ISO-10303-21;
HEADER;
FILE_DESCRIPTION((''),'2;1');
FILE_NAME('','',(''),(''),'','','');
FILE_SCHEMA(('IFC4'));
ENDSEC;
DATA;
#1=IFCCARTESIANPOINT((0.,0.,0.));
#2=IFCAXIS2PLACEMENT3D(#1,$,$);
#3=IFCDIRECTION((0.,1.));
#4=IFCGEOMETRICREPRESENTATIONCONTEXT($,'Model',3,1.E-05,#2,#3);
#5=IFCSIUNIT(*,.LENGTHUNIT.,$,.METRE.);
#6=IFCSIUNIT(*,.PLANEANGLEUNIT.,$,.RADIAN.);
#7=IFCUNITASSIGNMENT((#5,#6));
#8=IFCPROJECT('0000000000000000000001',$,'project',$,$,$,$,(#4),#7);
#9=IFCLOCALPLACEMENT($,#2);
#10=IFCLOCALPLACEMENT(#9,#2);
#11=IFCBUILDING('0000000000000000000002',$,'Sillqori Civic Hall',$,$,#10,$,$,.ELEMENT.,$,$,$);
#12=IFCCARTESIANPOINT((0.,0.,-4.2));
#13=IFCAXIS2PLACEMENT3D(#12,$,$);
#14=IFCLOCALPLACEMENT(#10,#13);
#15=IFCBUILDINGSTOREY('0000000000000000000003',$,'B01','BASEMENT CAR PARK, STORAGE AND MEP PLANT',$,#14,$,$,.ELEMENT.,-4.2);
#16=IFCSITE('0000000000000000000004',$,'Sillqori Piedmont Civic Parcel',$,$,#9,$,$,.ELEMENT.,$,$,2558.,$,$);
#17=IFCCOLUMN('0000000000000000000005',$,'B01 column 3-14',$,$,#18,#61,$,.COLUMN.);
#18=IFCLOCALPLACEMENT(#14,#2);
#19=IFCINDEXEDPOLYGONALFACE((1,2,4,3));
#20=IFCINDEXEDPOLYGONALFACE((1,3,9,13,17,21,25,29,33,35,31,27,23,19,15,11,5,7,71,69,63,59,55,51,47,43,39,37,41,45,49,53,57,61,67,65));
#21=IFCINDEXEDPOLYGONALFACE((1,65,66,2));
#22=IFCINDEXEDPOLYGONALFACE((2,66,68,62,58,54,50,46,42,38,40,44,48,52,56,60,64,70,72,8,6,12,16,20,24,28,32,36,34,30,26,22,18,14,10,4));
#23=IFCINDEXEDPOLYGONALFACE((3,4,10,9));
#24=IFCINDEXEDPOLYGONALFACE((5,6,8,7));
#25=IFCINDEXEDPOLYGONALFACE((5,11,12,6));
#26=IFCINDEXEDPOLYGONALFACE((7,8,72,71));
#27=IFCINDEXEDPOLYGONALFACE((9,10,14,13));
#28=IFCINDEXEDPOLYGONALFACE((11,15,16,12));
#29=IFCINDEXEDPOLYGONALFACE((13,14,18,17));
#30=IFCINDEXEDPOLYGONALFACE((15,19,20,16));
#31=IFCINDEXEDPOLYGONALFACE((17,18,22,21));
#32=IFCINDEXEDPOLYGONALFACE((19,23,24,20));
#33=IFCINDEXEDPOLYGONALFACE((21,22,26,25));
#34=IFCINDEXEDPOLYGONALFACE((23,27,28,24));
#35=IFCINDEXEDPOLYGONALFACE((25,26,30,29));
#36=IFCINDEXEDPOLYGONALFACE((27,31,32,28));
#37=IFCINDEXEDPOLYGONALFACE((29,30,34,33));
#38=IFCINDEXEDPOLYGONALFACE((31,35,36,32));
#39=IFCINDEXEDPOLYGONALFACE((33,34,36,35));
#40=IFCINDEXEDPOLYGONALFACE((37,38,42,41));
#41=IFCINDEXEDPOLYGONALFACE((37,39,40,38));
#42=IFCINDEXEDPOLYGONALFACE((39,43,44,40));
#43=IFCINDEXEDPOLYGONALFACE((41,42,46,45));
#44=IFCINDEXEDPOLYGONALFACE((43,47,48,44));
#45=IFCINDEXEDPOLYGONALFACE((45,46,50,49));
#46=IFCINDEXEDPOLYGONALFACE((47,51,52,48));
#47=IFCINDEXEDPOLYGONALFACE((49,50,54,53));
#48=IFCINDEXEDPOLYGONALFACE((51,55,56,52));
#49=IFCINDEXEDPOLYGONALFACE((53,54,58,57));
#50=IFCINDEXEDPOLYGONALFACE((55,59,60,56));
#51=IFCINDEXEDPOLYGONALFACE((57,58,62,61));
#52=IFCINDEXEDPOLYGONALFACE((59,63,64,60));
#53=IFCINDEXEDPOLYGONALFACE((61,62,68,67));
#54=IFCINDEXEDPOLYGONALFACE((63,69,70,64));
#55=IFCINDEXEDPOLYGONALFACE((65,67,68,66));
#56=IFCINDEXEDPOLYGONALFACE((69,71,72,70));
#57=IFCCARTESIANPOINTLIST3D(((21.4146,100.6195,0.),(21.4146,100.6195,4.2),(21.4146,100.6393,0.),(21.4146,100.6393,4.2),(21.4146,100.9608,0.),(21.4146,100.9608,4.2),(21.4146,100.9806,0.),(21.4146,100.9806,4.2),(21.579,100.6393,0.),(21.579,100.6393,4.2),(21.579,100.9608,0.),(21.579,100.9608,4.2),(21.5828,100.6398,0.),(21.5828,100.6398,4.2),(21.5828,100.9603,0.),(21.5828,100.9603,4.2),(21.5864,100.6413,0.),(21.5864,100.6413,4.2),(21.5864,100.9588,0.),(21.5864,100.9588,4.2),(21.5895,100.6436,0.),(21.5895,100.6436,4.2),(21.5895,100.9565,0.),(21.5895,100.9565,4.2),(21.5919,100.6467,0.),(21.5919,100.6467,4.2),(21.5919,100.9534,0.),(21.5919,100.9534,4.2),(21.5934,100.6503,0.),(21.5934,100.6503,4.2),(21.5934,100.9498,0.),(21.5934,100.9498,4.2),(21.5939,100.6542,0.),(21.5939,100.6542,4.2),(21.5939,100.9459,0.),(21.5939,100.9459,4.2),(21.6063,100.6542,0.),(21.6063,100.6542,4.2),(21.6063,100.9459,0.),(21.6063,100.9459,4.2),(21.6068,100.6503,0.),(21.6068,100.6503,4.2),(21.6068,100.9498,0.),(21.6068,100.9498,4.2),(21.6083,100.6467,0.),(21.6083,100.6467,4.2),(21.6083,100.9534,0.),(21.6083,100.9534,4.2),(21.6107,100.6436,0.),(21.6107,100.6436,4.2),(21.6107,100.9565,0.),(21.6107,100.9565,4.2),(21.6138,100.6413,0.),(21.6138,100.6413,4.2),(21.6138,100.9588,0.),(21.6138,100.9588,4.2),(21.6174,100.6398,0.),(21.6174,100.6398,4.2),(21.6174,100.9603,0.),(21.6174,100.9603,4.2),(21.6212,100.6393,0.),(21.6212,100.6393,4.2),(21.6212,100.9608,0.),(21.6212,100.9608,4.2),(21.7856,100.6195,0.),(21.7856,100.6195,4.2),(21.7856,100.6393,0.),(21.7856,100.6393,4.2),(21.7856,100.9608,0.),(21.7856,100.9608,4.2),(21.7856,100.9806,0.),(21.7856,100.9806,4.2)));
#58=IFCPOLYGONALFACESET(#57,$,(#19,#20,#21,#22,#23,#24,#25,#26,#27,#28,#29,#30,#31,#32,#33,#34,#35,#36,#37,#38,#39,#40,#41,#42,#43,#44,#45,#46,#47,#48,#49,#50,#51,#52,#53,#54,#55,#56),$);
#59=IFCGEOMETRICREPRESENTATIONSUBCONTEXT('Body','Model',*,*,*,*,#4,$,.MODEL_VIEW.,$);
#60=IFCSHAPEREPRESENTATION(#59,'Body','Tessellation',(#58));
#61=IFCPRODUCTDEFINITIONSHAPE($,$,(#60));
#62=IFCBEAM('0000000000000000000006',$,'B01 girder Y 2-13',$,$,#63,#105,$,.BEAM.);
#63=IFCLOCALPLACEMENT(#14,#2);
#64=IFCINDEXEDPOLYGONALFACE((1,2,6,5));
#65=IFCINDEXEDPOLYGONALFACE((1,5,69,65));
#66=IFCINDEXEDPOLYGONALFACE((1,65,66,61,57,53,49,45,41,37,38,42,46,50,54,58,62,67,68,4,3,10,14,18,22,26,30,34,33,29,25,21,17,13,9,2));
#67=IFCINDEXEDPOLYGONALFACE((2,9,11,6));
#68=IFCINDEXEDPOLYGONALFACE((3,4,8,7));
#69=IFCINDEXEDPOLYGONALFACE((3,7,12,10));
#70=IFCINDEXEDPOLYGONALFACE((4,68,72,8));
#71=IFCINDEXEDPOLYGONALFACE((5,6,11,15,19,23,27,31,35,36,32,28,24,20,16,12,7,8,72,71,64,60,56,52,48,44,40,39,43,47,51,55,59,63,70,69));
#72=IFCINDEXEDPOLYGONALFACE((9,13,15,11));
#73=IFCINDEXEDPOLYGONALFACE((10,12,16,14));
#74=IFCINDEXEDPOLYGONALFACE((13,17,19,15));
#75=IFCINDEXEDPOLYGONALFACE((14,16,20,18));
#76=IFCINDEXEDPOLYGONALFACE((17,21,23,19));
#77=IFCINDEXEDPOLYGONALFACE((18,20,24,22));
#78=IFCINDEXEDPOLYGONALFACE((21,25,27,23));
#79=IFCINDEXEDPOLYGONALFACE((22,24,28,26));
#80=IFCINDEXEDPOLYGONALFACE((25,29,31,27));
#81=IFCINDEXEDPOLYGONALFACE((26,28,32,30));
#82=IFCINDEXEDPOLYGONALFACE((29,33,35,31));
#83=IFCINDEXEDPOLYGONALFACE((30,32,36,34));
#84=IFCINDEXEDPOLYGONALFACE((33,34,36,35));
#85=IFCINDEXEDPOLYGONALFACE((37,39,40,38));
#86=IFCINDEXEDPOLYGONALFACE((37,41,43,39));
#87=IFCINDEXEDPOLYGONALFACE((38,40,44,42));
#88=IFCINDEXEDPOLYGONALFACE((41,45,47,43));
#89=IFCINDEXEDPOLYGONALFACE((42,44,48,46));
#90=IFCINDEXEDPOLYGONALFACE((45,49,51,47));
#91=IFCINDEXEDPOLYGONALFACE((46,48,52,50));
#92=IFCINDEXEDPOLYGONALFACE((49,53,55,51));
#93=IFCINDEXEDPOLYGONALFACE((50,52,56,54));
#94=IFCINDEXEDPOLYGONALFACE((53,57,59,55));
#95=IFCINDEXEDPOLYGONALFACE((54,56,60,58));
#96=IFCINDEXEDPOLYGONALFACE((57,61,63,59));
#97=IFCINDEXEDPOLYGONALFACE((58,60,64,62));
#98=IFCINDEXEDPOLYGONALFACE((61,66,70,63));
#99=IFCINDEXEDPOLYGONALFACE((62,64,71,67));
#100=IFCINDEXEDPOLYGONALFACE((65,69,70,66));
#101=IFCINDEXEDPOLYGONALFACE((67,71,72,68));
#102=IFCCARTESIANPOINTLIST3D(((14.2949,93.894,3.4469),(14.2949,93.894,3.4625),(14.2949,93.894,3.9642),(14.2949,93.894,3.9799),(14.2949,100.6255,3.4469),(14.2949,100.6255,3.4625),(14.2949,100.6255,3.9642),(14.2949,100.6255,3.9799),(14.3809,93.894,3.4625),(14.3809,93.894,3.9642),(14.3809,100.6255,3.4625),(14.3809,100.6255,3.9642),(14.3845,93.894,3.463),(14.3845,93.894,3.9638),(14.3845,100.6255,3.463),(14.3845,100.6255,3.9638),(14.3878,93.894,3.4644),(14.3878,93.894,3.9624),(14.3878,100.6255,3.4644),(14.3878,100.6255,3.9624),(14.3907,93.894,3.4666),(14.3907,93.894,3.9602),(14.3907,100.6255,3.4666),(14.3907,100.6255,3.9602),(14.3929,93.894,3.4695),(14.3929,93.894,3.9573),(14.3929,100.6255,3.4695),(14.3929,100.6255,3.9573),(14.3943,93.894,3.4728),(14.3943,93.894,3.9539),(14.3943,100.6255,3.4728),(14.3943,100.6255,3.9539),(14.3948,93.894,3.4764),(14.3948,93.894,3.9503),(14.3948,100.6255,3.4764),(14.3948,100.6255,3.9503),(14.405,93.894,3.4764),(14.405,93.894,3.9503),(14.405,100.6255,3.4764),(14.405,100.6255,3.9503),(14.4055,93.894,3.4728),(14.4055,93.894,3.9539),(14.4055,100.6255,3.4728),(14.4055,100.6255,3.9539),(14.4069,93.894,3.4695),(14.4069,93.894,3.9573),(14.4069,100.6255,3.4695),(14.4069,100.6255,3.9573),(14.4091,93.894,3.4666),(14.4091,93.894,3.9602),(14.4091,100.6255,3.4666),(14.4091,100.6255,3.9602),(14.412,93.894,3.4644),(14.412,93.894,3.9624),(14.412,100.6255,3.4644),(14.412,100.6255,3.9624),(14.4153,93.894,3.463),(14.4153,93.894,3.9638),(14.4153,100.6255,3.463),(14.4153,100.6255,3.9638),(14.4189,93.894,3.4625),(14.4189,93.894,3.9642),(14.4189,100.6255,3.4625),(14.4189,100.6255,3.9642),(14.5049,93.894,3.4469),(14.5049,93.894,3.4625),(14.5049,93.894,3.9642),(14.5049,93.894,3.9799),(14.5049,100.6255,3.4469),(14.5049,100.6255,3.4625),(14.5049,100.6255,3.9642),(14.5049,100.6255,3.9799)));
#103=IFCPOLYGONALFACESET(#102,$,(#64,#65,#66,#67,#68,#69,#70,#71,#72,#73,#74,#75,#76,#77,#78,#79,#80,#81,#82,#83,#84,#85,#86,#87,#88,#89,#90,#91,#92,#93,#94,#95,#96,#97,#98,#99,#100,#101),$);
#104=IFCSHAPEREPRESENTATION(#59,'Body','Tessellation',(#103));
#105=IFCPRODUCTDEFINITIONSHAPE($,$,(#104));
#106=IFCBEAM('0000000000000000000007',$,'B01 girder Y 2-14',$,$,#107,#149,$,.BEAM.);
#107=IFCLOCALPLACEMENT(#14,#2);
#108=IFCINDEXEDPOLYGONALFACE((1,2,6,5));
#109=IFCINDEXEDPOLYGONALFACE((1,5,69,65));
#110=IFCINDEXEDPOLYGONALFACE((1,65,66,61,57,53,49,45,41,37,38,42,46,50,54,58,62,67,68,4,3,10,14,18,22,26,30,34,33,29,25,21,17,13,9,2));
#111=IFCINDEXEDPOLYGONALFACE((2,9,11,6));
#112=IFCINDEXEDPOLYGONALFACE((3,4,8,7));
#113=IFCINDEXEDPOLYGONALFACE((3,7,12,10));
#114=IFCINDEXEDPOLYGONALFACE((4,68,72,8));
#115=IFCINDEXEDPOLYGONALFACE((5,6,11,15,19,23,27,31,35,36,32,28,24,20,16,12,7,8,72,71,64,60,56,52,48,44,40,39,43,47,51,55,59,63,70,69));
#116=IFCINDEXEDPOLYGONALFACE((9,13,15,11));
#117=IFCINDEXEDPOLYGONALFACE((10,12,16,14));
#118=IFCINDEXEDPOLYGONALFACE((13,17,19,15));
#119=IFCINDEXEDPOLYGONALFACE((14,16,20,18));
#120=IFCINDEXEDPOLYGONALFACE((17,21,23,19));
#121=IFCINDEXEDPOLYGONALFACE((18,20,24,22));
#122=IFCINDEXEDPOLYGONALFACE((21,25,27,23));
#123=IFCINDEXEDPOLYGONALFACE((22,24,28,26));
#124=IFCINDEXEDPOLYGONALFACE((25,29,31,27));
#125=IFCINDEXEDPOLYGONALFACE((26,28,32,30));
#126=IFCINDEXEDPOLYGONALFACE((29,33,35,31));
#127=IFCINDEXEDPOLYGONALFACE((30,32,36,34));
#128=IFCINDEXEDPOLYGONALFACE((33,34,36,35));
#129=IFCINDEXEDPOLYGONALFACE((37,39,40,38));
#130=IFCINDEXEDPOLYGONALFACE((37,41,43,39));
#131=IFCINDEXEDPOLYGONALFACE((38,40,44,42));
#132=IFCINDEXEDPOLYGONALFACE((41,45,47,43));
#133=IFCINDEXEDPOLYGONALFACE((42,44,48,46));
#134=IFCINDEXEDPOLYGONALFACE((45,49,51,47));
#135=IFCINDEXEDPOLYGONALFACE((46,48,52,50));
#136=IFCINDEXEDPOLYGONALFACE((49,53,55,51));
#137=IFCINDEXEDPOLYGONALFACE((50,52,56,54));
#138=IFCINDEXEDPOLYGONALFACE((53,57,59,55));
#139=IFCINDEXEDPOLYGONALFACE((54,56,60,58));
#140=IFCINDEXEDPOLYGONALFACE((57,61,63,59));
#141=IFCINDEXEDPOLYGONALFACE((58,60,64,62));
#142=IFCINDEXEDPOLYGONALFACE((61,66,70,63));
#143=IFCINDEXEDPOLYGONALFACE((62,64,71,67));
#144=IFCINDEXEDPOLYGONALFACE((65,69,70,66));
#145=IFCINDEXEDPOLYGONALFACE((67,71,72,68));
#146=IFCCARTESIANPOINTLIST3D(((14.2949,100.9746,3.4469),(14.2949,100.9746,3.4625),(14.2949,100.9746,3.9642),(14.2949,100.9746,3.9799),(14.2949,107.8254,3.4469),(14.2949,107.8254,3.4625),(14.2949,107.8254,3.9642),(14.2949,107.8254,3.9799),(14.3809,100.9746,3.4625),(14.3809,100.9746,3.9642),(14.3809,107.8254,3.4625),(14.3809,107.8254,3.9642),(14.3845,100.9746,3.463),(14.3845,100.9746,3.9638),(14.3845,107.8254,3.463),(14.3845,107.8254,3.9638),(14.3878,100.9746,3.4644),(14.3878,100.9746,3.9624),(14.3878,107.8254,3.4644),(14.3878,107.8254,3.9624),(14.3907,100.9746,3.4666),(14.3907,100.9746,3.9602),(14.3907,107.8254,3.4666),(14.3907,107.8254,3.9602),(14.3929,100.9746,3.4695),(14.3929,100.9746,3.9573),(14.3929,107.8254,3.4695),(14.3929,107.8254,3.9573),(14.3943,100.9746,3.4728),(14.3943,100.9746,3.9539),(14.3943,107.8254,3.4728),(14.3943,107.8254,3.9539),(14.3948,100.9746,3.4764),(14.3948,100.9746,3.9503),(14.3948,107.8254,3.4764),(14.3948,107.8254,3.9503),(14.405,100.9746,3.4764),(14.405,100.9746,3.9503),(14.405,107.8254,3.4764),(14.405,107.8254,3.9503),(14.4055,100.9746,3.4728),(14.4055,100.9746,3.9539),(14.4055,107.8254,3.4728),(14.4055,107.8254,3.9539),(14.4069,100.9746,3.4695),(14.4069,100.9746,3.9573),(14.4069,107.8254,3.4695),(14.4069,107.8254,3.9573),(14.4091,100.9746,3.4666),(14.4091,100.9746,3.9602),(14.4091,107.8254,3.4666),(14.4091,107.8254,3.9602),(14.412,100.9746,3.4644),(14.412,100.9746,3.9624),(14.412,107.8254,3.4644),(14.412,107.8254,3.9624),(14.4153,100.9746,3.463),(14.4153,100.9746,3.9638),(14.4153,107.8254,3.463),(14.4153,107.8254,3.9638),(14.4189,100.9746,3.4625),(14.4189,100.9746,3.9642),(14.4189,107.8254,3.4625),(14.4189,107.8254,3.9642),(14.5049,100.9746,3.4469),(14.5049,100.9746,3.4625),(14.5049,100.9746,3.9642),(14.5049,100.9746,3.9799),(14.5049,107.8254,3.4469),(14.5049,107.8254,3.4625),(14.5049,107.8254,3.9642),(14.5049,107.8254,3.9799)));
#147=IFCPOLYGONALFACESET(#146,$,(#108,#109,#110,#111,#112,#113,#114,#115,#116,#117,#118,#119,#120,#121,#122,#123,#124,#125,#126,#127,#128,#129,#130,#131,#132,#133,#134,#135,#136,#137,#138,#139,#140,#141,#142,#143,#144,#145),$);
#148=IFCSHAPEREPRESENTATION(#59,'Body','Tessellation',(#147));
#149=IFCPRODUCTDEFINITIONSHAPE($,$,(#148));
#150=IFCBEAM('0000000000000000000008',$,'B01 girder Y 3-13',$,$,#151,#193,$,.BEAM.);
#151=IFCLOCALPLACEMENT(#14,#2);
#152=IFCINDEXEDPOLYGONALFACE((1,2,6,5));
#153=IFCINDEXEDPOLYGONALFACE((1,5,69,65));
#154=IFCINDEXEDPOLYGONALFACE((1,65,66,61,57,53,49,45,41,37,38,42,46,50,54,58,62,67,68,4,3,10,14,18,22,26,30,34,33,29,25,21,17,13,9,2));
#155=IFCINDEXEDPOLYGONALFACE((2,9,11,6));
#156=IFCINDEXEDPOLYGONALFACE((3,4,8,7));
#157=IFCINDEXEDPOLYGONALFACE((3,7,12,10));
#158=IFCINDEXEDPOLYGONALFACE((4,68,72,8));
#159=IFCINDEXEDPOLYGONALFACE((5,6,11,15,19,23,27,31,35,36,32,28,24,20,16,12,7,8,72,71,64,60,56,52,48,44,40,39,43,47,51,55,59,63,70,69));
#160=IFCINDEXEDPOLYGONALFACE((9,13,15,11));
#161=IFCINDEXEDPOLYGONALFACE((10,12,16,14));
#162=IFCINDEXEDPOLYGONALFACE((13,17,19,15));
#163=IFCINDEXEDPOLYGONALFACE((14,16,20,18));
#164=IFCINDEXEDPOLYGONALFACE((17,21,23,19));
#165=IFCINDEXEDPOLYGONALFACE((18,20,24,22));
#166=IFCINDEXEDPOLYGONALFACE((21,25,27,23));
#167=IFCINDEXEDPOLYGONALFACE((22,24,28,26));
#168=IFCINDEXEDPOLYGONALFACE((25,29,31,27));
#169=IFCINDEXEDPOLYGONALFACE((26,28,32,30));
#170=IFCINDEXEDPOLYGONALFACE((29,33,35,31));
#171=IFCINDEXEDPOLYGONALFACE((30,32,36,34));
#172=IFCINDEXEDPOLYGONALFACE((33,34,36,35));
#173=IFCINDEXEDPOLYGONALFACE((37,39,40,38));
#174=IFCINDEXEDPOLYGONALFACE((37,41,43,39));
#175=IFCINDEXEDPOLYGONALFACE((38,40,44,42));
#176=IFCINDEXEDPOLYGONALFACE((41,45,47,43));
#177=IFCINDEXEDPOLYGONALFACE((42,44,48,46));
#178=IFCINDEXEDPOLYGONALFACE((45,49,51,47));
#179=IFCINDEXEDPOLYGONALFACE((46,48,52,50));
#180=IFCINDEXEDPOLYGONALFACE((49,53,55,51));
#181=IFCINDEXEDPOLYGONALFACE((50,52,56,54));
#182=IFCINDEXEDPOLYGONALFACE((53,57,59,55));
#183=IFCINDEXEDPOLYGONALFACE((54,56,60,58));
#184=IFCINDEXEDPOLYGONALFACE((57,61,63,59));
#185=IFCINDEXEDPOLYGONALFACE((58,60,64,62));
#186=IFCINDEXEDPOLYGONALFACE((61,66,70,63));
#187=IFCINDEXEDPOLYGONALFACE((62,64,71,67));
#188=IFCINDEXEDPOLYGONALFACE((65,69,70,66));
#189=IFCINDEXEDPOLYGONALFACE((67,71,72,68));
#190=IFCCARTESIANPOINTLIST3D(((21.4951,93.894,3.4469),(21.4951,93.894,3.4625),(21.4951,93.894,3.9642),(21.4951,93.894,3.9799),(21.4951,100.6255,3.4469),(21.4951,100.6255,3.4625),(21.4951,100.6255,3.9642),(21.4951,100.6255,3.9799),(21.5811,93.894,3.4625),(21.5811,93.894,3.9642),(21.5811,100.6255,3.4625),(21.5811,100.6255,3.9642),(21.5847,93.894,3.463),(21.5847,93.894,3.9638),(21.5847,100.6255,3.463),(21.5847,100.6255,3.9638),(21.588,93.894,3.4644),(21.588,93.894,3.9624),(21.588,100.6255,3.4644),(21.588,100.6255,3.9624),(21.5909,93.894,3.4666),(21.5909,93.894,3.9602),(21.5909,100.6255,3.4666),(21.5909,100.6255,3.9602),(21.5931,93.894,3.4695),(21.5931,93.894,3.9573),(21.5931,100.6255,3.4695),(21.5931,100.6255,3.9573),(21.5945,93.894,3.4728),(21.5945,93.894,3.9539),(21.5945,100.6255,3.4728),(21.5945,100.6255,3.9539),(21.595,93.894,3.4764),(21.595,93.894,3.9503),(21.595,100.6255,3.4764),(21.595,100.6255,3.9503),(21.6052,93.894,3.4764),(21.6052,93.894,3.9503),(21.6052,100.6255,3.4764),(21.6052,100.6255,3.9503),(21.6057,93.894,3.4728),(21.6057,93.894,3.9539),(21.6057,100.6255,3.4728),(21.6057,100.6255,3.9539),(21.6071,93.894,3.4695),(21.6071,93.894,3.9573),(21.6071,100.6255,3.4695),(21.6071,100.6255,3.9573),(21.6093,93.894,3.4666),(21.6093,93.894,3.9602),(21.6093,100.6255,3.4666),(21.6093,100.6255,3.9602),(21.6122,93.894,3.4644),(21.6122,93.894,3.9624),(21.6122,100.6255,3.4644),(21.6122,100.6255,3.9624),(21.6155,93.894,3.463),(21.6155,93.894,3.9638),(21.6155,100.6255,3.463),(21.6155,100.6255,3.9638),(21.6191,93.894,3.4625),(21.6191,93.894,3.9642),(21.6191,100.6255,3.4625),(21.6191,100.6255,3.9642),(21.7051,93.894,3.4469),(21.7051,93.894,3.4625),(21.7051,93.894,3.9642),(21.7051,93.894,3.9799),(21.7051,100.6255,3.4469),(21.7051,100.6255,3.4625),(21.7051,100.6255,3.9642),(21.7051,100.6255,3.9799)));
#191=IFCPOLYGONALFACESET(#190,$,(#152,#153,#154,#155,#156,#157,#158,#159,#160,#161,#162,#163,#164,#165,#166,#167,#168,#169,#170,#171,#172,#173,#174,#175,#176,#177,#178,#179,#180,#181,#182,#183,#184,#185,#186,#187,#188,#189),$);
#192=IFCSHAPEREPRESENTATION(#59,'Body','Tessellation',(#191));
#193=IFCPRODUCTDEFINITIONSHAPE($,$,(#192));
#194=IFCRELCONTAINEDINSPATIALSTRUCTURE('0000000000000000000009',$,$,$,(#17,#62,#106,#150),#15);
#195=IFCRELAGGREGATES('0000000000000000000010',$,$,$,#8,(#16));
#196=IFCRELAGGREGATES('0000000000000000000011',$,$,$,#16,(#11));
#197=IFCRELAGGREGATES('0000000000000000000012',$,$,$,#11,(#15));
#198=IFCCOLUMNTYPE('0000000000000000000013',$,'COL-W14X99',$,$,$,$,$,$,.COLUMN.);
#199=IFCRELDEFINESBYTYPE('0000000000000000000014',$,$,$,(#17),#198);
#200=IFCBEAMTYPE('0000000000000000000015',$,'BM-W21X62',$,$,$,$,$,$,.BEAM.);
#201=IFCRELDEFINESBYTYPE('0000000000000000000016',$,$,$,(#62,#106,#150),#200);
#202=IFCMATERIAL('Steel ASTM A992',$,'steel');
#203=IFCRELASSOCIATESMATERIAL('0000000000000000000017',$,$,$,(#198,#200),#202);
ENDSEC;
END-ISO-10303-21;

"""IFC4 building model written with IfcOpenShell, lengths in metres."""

from ifc_helpers import new_model, si_unit, direction, frame, origin, origin_2d, place, context, subcontext, project, spatial, i_section, extrude, material, material_profile, profile_set, type_object, element, save


model = new_model("IFC4")

# Units and contexts
model_context = context("Model", 3, precision=1e-05, world=origin(), true_north=direction((0.0, 1.0)))
body_context = subcontext(model_context, "Body", "Model", "MODEL_VIEW")
ifc_project = project(units=[si_unit("LENGTHUNIT", "METRE"), si_unit("PLANEANGLEUNIT", "RADIAN")], contexts=[model_context])

# Site, building, storey
site_placement = place(None, origin())
site = spatial("IfcSite", under=ifc_project, at=site_placement, Name="Sillqori Piedmont Civic Parcel", CompositionType="ELEMENT", RefElevation=2558.0)
building_placement = place(site_placement, origin())
building = spatial("IfcBuilding", under=site, at=building_placement, Name="Sillqori Civic Hall", CompositionType="ELEMENT")
storey_placement = place(building_placement, frame((0.0, 0.0, -4.2)))
storey = spatial("IfcBuildingStorey", under=building, at=storey_placement, Name="B01", Description="BASEMENT CAR PARK, STORAGE AND MEP PLANT", CompositionType="ELEMENT", Elevation=-4.2)

# Column
ifc_material_1 = material(Name="Steel ASTM A992", Category="steel")
ifc_material_profile_1 = material_profile(ifc_material_1, i_section(OverallWidth=0.3711, OverallDepth=0.3611, WebThickness=0.0125, FlangeThickness=0.0198, FilletRadius=0.0149, at=origin_2d()), Name="W14X99")
ifc_profile_set_1 = profile_set([ifc_material_profile_1], Name="Steel ASTM A992")
column_type_1 = type_object("IfcColumnType", Name="COL-W14X99", PredefinedType="COLUMN", material=ifc_profile_set_1)
for number, where, z_axis, x_axis, name in (
    (1, (21.6001, 100.8, 0.0), (0.0, 0.0, 1.0), (1.0, 0.0, 0.0), "B01 column 3-14"),
):
    element("IfcColumn", number, at=place(storey_placement, frame(where, z_axis=z_axis, x_axis=x_axis)), inside=storey, type_object=column_type_1, Name=name, PredefinedType="COLUMN", context=body_context, shape_type="SweptSolid", body=[
        extrude(i_section(OverallWidth=0.3711, OverallDepth=0.3611, WebThickness=0.0125, FlangeThickness=0.0198, FilletRadius=0.0149, at=origin_2d()), origin(), (0.0, 0.0, 1.0), 4.2),
    ])

# Beams
ifc_material_profile_2 = material_profile(ifc_material_1, i_section(OverallWidth=0.21, OverallDepth=0.533, WebThickness=0.0103, FlangeThickness=0.0156, FilletRadius=0.0139, at=origin_2d()), Name="W21X62")
ifc_profile_set_2 = profile_set([ifc_material_profile_2], Name="Steel ASTM A992")
beam_type_1 = type_object("IfcBeamType", Name="BM-W21X62", PredefinedType="BEAM", material=ifc_profile_set_2)
beam_1_placement = place(storey_placement, frame((14.3999, 93.894, 3.7134), z_axis=(0.0, 1.0, 0.0), x_axis=(-1.0, 0.0, 0.0)))
element("IfcBeam", 2, at=beam_1_placement, inside=storey, type_object=beam_type_1, Name="B01 girder Y 2-13", PredefinedType="BEAM", context=body_context, shape_type="SweptSolid", body=[
    extrude(i_section(OverallWidth=0.21, OverallDepth=0.533, WebThickness=0.0103, FlangeThickness=0.0156, FilletRadius=0.0139, at=origin_2d()), origin(), (0.0, 0.0, 1.0), 6.7314),
])
beam_2_placement = place(storey_placement, frame((14.3999, 100.9746, 3.7134), z_axis=(0.0, 1.0, 0.0), x_axis=(-1.0, 0.0, 0.0)))
element("IfcBeam", 3, at=beam_2_placement, inside=storey, type_object=beam_type_1, Name="B01 girder Y 2-14", PredefinedType="BEAM", context=body_context, shape_type="SweptSolid", body=[
    extrude(i_section(OverallWidth=0.21, OverallDepth=0.533, WebThickness=0.0103, FlangeThickness=0.0156, FilletRadius=0.0139, at=origin_2d()), origin(), (0.0, 0.0, 1.0), 6.8508),
])
beam_3_placement = place(storey_placement, frame((21.6001, 93.894, 3.7134), z_axis=(0.0, 1.0, 0.0), x_axis=(-1.0, 0.0, 0.0)))
element("IfcBeam", 4, at=beam_3_placement, inside=storey, type_object=beam_type_1, Name="B01 girder Y 3-13", PredefinedType="BEAM", context=body_context, shape_type="SweptSolid", body=[
    extrude(i_section(OverallWidth=0.21, OverallDepth=0.533, WebThickness=0.0103, FlangeThickness=0.0156, FilletRadius=0.0139, at=origin_2d()), origin(), (0.0, 0.0, 1.0), 6.7314),
])

save(model, "model.ifc")
